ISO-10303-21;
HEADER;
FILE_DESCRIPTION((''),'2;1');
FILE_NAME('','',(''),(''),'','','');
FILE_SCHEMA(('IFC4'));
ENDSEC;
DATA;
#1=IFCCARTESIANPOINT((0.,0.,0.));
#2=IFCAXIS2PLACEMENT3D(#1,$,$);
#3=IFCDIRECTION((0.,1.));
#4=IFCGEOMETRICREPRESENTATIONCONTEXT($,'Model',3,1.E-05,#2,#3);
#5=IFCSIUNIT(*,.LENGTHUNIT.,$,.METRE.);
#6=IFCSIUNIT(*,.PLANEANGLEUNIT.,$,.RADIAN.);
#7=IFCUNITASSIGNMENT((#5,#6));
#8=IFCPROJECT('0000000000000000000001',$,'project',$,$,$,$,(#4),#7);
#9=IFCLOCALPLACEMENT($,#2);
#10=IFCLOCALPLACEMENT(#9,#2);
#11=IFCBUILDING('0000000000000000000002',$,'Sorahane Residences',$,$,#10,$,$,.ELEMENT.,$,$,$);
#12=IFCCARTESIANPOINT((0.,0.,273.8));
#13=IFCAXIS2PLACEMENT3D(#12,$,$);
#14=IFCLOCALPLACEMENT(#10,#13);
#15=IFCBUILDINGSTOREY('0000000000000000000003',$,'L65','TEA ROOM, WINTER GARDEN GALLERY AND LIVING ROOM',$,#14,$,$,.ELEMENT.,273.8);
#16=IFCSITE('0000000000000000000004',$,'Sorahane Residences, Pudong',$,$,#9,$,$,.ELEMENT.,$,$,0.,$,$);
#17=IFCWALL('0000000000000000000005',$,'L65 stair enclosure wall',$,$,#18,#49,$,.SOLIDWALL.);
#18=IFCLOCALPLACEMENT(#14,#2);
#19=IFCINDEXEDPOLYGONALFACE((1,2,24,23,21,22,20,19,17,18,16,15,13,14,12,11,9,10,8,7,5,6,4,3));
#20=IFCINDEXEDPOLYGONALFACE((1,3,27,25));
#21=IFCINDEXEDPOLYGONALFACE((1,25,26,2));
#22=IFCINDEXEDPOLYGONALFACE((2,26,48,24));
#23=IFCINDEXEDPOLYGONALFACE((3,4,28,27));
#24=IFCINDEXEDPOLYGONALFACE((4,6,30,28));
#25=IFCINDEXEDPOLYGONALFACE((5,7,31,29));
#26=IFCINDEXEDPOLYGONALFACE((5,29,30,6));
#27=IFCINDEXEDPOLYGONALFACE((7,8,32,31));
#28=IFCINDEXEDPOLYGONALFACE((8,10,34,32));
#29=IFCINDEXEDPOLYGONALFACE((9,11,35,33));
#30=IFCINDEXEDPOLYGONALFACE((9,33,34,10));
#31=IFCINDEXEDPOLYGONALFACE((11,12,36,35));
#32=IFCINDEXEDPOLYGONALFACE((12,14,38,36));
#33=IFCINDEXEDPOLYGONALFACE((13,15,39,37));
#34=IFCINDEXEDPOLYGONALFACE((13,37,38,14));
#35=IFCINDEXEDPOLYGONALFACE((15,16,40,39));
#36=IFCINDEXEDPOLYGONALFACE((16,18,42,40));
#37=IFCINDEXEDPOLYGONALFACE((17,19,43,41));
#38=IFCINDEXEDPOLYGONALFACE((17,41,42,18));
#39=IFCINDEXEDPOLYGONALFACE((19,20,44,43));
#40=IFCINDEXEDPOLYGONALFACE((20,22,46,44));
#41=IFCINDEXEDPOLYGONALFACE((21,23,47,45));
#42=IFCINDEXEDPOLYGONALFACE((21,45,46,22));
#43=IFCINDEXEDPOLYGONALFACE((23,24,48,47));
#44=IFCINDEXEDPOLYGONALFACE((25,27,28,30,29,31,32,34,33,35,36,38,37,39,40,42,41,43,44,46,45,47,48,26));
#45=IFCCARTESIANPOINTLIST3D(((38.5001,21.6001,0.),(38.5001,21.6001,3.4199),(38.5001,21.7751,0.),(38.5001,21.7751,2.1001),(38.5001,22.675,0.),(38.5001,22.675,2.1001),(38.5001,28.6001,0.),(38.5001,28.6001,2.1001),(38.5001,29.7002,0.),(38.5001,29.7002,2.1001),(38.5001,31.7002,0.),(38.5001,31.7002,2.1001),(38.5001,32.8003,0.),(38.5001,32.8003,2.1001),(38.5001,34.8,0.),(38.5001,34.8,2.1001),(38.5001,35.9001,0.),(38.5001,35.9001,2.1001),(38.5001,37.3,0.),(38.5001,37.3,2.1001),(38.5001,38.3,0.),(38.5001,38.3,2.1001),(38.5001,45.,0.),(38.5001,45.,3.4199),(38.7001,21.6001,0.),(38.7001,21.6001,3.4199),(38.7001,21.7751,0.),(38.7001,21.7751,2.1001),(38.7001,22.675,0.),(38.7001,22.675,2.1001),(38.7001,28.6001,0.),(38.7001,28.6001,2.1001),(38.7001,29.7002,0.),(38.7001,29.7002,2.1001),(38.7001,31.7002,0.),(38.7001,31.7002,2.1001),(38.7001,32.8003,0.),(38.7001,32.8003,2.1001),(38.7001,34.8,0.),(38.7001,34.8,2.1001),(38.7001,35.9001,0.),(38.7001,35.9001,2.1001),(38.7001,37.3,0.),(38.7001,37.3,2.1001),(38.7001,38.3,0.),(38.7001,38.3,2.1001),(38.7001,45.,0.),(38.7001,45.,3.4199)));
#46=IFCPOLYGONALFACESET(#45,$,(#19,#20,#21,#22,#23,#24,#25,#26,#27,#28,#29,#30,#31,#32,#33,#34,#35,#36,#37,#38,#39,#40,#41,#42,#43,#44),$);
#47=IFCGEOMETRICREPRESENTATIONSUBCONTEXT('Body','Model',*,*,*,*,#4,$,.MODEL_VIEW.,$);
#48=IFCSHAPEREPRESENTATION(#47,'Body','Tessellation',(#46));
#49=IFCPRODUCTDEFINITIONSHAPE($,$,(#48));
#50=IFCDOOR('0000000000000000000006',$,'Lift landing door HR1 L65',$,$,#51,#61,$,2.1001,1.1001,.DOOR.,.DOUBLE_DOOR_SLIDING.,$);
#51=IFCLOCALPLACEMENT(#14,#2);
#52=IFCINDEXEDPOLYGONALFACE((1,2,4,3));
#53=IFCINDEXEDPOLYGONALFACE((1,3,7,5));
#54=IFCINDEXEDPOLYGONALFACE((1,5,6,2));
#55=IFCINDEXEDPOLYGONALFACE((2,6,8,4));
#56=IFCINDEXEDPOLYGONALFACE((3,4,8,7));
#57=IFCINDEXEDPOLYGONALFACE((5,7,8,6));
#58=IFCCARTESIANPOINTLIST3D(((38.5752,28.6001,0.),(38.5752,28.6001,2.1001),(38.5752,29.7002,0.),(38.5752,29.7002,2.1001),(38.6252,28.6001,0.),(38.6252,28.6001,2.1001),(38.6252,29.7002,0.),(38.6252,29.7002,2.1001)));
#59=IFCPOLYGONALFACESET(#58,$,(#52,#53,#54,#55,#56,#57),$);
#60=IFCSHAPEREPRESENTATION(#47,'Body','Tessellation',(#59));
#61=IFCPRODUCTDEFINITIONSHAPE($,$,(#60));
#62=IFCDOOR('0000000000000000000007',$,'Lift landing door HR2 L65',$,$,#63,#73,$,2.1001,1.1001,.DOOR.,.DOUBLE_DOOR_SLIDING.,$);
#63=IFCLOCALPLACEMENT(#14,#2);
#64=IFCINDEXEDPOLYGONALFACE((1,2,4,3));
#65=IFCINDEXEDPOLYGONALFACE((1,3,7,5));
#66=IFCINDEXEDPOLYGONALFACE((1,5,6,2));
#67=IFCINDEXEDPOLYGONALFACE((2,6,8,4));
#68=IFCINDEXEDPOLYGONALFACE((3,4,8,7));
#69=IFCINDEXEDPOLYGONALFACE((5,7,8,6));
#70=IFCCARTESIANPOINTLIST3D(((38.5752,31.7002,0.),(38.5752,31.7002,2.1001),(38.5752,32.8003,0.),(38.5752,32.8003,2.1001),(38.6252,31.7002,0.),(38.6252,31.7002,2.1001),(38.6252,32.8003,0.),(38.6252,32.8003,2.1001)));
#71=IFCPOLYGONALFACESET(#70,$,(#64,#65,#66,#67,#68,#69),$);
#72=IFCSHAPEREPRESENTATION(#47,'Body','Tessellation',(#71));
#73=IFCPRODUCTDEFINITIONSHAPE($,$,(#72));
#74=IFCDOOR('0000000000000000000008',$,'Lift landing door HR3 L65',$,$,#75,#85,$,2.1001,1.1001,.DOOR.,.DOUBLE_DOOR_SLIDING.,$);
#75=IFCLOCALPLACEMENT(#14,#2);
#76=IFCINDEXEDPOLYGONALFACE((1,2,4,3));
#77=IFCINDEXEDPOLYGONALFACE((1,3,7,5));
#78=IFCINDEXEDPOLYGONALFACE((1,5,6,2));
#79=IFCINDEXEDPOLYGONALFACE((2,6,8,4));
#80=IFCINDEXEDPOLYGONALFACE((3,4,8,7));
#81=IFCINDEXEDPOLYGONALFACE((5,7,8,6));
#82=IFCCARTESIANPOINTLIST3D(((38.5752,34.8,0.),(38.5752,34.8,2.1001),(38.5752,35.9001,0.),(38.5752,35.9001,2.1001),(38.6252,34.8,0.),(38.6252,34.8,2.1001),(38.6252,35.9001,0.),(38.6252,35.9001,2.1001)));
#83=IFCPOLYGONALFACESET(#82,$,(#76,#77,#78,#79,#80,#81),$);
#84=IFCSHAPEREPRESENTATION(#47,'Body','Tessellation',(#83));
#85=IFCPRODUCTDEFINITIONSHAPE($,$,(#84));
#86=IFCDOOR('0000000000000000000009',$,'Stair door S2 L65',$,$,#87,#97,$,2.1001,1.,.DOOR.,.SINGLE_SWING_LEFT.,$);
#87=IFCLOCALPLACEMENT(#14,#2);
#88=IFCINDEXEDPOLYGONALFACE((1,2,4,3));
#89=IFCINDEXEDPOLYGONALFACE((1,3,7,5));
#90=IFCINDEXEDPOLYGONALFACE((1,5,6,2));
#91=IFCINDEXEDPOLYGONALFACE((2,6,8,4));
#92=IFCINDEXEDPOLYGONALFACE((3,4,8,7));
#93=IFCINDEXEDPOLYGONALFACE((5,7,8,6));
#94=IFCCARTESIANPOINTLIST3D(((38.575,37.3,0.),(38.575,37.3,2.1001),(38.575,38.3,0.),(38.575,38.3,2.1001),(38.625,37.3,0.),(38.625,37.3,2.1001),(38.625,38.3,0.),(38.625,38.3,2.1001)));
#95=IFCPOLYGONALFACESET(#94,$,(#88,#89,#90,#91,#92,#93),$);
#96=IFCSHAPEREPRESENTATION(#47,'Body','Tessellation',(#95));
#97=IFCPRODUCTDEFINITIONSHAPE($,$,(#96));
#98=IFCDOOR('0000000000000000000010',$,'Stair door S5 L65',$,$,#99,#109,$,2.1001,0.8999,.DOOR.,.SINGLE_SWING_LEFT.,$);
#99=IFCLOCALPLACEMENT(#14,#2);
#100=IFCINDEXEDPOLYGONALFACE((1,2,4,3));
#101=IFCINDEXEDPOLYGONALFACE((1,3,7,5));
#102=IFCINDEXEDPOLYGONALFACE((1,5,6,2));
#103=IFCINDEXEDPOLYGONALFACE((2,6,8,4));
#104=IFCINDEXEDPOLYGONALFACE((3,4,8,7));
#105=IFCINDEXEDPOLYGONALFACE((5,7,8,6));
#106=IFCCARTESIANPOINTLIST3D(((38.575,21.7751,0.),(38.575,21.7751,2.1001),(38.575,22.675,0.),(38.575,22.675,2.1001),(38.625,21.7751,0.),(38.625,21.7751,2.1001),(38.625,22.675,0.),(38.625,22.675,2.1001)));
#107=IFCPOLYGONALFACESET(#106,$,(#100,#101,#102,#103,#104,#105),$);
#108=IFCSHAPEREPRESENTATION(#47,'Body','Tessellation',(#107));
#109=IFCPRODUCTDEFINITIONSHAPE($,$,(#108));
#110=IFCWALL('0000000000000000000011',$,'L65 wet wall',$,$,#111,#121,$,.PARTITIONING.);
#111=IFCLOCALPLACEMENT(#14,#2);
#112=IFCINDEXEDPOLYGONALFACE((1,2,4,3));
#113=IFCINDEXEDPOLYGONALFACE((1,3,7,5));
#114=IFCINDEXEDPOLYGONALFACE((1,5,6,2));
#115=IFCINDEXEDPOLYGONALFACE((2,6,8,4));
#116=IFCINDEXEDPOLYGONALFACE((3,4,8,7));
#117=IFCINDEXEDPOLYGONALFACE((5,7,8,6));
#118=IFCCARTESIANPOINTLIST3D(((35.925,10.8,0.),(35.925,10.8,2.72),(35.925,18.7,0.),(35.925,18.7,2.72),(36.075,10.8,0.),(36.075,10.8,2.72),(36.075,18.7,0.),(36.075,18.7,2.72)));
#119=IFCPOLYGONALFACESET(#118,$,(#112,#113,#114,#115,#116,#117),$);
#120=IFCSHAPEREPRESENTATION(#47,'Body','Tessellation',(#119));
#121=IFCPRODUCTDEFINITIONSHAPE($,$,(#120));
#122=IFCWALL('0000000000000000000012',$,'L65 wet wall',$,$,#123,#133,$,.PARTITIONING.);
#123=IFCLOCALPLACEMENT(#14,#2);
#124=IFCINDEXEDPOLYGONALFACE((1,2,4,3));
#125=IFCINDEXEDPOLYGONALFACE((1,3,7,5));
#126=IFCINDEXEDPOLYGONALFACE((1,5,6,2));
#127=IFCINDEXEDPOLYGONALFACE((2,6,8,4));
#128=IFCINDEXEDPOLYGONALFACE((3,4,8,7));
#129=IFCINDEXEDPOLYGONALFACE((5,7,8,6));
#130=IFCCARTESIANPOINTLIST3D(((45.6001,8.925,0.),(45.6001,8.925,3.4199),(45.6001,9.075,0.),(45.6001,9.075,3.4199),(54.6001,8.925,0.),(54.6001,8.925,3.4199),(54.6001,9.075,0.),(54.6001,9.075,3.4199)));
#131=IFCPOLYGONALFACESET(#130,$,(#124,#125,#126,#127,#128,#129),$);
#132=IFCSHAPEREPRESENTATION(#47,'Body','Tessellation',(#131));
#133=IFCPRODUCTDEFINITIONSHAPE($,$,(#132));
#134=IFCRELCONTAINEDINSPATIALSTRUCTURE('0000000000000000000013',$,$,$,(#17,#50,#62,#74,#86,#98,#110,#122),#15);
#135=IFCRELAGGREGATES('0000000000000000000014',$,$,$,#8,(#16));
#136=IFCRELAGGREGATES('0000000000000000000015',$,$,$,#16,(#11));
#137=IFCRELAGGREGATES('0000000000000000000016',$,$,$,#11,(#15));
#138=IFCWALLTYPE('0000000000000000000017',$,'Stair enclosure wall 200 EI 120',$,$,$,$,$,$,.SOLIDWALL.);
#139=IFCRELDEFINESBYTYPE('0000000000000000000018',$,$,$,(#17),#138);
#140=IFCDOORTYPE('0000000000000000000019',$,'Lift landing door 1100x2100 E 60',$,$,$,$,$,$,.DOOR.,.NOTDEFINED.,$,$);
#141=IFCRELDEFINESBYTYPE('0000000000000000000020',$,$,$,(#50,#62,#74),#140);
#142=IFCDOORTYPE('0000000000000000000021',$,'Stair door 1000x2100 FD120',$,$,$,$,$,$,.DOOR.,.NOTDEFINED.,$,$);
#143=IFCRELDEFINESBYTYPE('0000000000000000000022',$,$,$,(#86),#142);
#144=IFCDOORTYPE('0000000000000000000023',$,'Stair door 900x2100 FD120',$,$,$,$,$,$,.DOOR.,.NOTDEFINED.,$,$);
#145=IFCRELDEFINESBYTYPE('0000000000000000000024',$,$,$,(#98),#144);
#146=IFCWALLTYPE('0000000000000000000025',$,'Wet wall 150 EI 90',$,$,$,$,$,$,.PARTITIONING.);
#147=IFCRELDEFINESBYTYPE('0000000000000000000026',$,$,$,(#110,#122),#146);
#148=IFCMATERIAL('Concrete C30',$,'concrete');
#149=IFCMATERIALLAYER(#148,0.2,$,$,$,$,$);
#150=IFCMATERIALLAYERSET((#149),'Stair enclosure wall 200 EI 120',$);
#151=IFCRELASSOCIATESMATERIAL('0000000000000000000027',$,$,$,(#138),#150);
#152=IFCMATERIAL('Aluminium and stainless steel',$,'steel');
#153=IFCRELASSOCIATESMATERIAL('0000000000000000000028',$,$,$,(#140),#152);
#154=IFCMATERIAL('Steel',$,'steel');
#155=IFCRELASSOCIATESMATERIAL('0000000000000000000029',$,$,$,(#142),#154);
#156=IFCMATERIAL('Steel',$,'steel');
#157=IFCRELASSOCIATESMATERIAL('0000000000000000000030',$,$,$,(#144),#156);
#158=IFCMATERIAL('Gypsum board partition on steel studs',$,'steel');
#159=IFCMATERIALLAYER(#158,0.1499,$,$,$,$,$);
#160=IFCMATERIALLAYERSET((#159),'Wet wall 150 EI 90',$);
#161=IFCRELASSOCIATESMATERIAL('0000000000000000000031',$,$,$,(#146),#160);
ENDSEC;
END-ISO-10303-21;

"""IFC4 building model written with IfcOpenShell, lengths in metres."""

from ifc_helpers import new_model, si_unit, direction, frame, frame_2d, origin, place, context, subcontext, project, spatial, rectangle, extrude, material, layer, layer_set, type_object, element, fill, save


model = new_model("IFC4")

# Units and contexts
model_context = context("Model", 3, precision=1e-05, world=origin(), true_north=direction((0.0, 1.0)))
body_context = subcontext(model_context, "Body", "Model", "MODEL_VIEW")
ifc_project = project(units=[si_unit("LENGTHUNIT", "METRE"), si_unit("PLANEANGLEUNIT", "RADIAN")], contexts=[model_context])

# Site, building, storey
site_placement = place(None, origin())
site = spatial("IfcSite", under=ifc_project, at=site_placement, Name="Sorahane Residences, Pudong", CompositionType="ELEMENT", RefElevation=0.0)
building_placement = place(site_placement, origin())
building = spatial("IfcBuilding", under=site, at=building_placement, Name="Sorahane Residences", CompositionType="ELEMENT")
storey_placement = place(building_placement, frame((0.0, 0.0, 273.8)))
storey = spatial("IfcBuildingStorey", under=building, at=storey_placement, Name="L65", Description="TEA ROOM, WINTER GARDEN GALLERY AND LIVING ROOM", CompositionType="ELEMENT", Elevation=273.8)

# Wall, openings, doors
ifc_material_1 = material(Name="Concrete C30", Category="concrete")
ifc_layer_1 = layer(ifc_material_1, 0.2)
ifc_layer_set_1 = layer_set([ifc_layer_1], Name="Stair enclosure wall 200 EI 120")
wall_type_1 = type_object("IfcWallType", Name="Stair enclosure wall 200 EI 120", PredefinedType="SOLIDWALL", material=ifc_layer_set_1)
wall_1_placement = place(storey_placement, frame((38.6001, 21.6001, 0.0), z_axis=(0.0, 0.0, 1.0), x_axis=(0.0, 1.0, 0.0)))
wall_1 = element("IfcWall", 1, at=wall_1_placement, inside=storey, type_object=wall_type_1, Name="L65 stair enclosure wall", PredefinedType="SOLIDWALL", context=body_context, shape_type="SweptSolid", body=[
    extrude(rectangle(XDim=23.3999, YDim=0.2, at=frame_2d((11.7, 0.0))), origin(), (0.0, 0.0, 1.0), 3.4199),
])
opening_1_placement = place(wall_1_placement, frame((7.0, 0.0, 0.0)))
opening_1 = element("IfcOpeningElement", 2, at=opening_1_placement, cuts=wall_1, PredefinedType="OPENING", context=body_context, shape_type="SweptSolid", body=[
    extrude(rectangle(XDim=1.1001, YDim=2.1001, at=frame_2d((0.55, 1.05))), frame((0.0, 0.1099, 0.0), z_axis=(0.0, -1.0, 0.0), x_axis=(1.0, 0.0, 0.0)), (0.0, 0.0, 1.0), 0.22),
])
opening_2_placement = place(wall_1_placement, frame((10.1001, 0.0, 0.0)))
opening_2 = element("IfcOpeningElement", 3, at=opening_2_placement, cuts=wall_1, PredefinedType="OPENING", context=body_context, shape_type="SweptSolid", body=[
    extrude(rectangle(XDim=1.1001, YDim=2.1001, at=frame_2d((0.55, 1.05))), frame((0.0, 0.1099, 0.0), z_axis=(0.0, -1.0, 0.0), x_axis=(1.0, 0.0, 0.0)), (0.0, 0.0, 1.0), 0.22),
])
opening_3_placement = place(wall_1_placement, frame((13.2, 0.0, 0.0)))
opening_3 = element("IfcOpeningElement", 4, at=opening_3_placement, cuts=wall_1, PredefinedType="OPENING", context=body_context, shape_type="SweptSolid", body=[
    extrude(rectangle(XDim=1.1001, YDim=2.1001, at=frame_2d((0.55, 1.05))), frame((0.0, 0.1099, 0.0), z_axis=(0.0, -1.0, 0.0), x_axis=(1.0, 0.0, 0.0)), (0.0, 0.0, 1.0), 0.22),
])
opening_4_placement = place(wall_1_placement, frame((15.7, 0.0, 0.0)))
opening_4 = element("IfcOpeningElement", 5, at=opening_4_placement, cuts=wall_1, PredefinedType="OPENING", context=body_context, shape_type="SweptSolid", body=[
    extrude(rectangle(XDim=1.0, YDim=2.1001, at=frame_2d((0.5, 1.05))), frame((0.0, 0.1099, 0.0), z_axis=(0.0, -1.0, 0.0), x_axis=(1.0, 0.0, 0.0)), (0.0, 0.0, 1.0), 0.22),
])
opening_5_placement = place(wall_1_placement, frame((0.175, 0.0, 0.0)))
opening_5 = element("IfcOpeningElement", 6, at=opening_5_placement, cuts=wall_1, PredefinedType="OPENING", context=body_context, shape_type="SweptSolid", body=[
    extrude(rectangle(XDim=0.8999, YDim=2.1001, at=frame_2d((0.45, 1.05))), frame((0.0, 0.1099, 0.0), z_axis=(0.0, -1.0, 0.0), x_axis=(1.0, 0.0, 0.0)), (0.0, 0.0, 1.0), 0.22),
])
ifc_material_2 = material(Name="Aluminium and stainless steel", Category="steel")
door_type_1 = type_object("IfcDoorType", Name="Lift landing door 1100x2100 E 60", OperationType="NOTDEFINED", PredefinedType="DOOR", material=ifc_material_2)
door_1_placement = place(opening_1_placement, origin())
door_1 = element("IfcDoor", 7, at=door_1_placement, inside=storey, type_object=door_type_1, Name="Lift landing door HR1 L65", OperationType="DOUBLE_DOOR_SLIDING", OverallHeight=2.1001, OverallWidth=1.1001, PredefinedType="DOOR", context=body_context, shape_type="SweptSolid", body=[
    extrude(rectangle(XDim=1.1001, YDim=2.1001, at=frame_2d((0.55, 1.05))), frame((0.0, 0.0249, 0.0), z_axis=(0.0, -1.0, 0.0), x_axis=(1.0, 0.0, 0.0)), (0.0, 0.0, 1.0), 0.05),
])
fill(opening_1, door_1)
door_2_placement = place(opening_2_placement, origin())
door_2 = element("IfcDoor", 8, at=door_2_placement, inside=storey, type_object=door_type_1, Name="Lift landing door HR2 L65", OperationType="DOUBLE_DOOR_SLIDING", OverallHeight=2.1001, OverallWidth=1.1001, PredefinedType="DOOR", context=body_context, shape_type="SweptSolid", body=[
    extrude(rectangle(XDim=1.1001, YDim=2.1001, at=frame_2d((0.55, 1.05))), frame((0.0, 0.0249, 0.0), z_axis=(0.0, -1.0, 0.0), x_axis=(1.0, 0.0, 0.0)), (0.0, 0.0, 1.0), 0.05),
])
fill(opening_2, door_2)
door_3_placement = place(opening_3_placement, origin())
door_3 = element("IfcDoor", 9, at=door_3_placement, inside=storey, type_object=door_type_1, Name="Lift landing door HR3 L65", OperationType="DOUBLE_DOOR_SLIDING", OverallHeight=2.1001, OverallWidth=1.1001, PredefinedType="DOOR", context=body_context, shape_type="SweptSolid", body=[
    extrude(rectangle(XDim=1.1001, YDim=2.1001, at=frame_2d((0.55, 1.05))), frame((0.0, 0.0249, 0.0), z_axis=(0.0, -1.0, 0.0), x_axis=(1.0, 0.0, 0.0)), (0.0, 0.0, 1.0), 0.05),
])
fill(opening_3, door_3)
ifc_material_3 = material(Name="Steel", Category="steel")
door_type_2 = type_object("IfcDoorType", Name="Stair door 1000x2100 FD120", OperationType="NOTDEFINED", PredefinedType="DOOR", material=ifc_material_3)
door_4_placement = place(opening_4_placement, frame((1.0, 0.0, 0.0), z_axis=(0.0, 0.0, 1.0), x_axis=(-1.0, 0.0, 0.0)))
door_4 = element("IfcDoor", 10, at=door_4_placement, inside=storey, type_object=door_type_2, Name="Stair door S2 L65", OperationType="SINGLE_SWING_LEFT", OverallHeight=2.1001, OverallWidth=1.0, PredefinedType="DOOR", context=body_context, shape_type="SweptSolid", body=[
    extrude(rectangle(XDim=1.0, YDim=2.1001, at=frame_2d((0.5, 1.05))), frame((0.0, 0.0249, 0.0), z_axis=(0.0, -1.0, 0.0), x_axis=(1.0, 0.0, 0.0)), (0.0, 0.0, 1.0), 0.05),
])
fill(opening_4, door_4)
ifc_material_4 = material(Name="Steel", Category="steel")
door_type_3 = type_object("IfcDoorType", Name="Stair door 900x2100 FD120", OperationType="NOTDEFINED", PredefinedType="DOOR", material=ifc_material_4)
door_5_placement = place(opening_5_placement, frame((0.8999, 0.0, 0.0), z_axis=(0.0, 0.0, 1.0), x_axis=(-1.0, 0.0, 0.0)))
door_5 = element("IfcDoor", 11, at=door_5_placement, inside=storey, type_object=door_type_3, Name="Stair door S5 L65", OperationType="SINGLE_SWING_LEFT", OverallHeight=2.1001, OverallWidth=0.8999, PredefinedType="DOOR", context=body_context, shape_type="SweptSolid", body=[
    extrude(rectangle(XDim=0.8999, YDim=2.1001, at=frame_2d((0.45, 1.05))), frame((0.0, 0.0249, 0.0), z_axis=(0.0, -1.0, 0.0), x_axis=(1.0, 0.0, 0.0)), (0.0, 0.0, 1.0), 0.05),
])
fill(opening_5, door_5)

# Walls
ifc_material_5 = material(Name="Gypsum board partition on steel studs", Category="steel")
ifc_layer_2 = layer(ifc_material_5, 0.1499)
ifc_layer_set_2 = layer_set([ifc_layer_2], Name="Wet wall 150 EI 90")
wall_type_2 = type_object("IfcWallType", Name="Wet wall 150 EI 90", PredefinedType="PARTITIONING", material=ifc_layer_set_2)
wall_2_placement = place(storey_placement, frame((36.0, 10.8, 0.0), z_axis=(0.0, 0.0, 1.0), x_axis=(0.0, 1.0, 0.0)))
element("IfcWall", 12, at=wall_2_placement, inside=storey, type_object=wall_type_2, Name="L65 wet wall", PredefinedType="PARTITIONING", context=body_context, shape_type="SweptSolid", body=[
    extrude(rectangle(XDim=7.8999, YDim=0.1499, at=frame_2d((3.95, 0.0))), origin(), (0.0, 0.0, 1.0), 2.72),
])
wall_3_placement = place(storey_placement, frame((45.6001, 9.0, 0.0), z_axis=(0.0, 0.0, 1.0), x_axis=(1.0, 0.0, 0.0)))
element("IfcWall", 13, at=wall_3_placement, inside=storey, type_object=wall_type_2, Name="L65 wet wall", PredefinedType="PARTITIONING", context=body_context, shape_type="SweptSolid", body=[
    extrude(rectangle(XDim=9.0, YDim=0.1499, at=frame_2d((4.5, 0.0))), origin(), (0.0, 0.0, 1.0), 3.4199),
])

save(model, "model.ifc")
